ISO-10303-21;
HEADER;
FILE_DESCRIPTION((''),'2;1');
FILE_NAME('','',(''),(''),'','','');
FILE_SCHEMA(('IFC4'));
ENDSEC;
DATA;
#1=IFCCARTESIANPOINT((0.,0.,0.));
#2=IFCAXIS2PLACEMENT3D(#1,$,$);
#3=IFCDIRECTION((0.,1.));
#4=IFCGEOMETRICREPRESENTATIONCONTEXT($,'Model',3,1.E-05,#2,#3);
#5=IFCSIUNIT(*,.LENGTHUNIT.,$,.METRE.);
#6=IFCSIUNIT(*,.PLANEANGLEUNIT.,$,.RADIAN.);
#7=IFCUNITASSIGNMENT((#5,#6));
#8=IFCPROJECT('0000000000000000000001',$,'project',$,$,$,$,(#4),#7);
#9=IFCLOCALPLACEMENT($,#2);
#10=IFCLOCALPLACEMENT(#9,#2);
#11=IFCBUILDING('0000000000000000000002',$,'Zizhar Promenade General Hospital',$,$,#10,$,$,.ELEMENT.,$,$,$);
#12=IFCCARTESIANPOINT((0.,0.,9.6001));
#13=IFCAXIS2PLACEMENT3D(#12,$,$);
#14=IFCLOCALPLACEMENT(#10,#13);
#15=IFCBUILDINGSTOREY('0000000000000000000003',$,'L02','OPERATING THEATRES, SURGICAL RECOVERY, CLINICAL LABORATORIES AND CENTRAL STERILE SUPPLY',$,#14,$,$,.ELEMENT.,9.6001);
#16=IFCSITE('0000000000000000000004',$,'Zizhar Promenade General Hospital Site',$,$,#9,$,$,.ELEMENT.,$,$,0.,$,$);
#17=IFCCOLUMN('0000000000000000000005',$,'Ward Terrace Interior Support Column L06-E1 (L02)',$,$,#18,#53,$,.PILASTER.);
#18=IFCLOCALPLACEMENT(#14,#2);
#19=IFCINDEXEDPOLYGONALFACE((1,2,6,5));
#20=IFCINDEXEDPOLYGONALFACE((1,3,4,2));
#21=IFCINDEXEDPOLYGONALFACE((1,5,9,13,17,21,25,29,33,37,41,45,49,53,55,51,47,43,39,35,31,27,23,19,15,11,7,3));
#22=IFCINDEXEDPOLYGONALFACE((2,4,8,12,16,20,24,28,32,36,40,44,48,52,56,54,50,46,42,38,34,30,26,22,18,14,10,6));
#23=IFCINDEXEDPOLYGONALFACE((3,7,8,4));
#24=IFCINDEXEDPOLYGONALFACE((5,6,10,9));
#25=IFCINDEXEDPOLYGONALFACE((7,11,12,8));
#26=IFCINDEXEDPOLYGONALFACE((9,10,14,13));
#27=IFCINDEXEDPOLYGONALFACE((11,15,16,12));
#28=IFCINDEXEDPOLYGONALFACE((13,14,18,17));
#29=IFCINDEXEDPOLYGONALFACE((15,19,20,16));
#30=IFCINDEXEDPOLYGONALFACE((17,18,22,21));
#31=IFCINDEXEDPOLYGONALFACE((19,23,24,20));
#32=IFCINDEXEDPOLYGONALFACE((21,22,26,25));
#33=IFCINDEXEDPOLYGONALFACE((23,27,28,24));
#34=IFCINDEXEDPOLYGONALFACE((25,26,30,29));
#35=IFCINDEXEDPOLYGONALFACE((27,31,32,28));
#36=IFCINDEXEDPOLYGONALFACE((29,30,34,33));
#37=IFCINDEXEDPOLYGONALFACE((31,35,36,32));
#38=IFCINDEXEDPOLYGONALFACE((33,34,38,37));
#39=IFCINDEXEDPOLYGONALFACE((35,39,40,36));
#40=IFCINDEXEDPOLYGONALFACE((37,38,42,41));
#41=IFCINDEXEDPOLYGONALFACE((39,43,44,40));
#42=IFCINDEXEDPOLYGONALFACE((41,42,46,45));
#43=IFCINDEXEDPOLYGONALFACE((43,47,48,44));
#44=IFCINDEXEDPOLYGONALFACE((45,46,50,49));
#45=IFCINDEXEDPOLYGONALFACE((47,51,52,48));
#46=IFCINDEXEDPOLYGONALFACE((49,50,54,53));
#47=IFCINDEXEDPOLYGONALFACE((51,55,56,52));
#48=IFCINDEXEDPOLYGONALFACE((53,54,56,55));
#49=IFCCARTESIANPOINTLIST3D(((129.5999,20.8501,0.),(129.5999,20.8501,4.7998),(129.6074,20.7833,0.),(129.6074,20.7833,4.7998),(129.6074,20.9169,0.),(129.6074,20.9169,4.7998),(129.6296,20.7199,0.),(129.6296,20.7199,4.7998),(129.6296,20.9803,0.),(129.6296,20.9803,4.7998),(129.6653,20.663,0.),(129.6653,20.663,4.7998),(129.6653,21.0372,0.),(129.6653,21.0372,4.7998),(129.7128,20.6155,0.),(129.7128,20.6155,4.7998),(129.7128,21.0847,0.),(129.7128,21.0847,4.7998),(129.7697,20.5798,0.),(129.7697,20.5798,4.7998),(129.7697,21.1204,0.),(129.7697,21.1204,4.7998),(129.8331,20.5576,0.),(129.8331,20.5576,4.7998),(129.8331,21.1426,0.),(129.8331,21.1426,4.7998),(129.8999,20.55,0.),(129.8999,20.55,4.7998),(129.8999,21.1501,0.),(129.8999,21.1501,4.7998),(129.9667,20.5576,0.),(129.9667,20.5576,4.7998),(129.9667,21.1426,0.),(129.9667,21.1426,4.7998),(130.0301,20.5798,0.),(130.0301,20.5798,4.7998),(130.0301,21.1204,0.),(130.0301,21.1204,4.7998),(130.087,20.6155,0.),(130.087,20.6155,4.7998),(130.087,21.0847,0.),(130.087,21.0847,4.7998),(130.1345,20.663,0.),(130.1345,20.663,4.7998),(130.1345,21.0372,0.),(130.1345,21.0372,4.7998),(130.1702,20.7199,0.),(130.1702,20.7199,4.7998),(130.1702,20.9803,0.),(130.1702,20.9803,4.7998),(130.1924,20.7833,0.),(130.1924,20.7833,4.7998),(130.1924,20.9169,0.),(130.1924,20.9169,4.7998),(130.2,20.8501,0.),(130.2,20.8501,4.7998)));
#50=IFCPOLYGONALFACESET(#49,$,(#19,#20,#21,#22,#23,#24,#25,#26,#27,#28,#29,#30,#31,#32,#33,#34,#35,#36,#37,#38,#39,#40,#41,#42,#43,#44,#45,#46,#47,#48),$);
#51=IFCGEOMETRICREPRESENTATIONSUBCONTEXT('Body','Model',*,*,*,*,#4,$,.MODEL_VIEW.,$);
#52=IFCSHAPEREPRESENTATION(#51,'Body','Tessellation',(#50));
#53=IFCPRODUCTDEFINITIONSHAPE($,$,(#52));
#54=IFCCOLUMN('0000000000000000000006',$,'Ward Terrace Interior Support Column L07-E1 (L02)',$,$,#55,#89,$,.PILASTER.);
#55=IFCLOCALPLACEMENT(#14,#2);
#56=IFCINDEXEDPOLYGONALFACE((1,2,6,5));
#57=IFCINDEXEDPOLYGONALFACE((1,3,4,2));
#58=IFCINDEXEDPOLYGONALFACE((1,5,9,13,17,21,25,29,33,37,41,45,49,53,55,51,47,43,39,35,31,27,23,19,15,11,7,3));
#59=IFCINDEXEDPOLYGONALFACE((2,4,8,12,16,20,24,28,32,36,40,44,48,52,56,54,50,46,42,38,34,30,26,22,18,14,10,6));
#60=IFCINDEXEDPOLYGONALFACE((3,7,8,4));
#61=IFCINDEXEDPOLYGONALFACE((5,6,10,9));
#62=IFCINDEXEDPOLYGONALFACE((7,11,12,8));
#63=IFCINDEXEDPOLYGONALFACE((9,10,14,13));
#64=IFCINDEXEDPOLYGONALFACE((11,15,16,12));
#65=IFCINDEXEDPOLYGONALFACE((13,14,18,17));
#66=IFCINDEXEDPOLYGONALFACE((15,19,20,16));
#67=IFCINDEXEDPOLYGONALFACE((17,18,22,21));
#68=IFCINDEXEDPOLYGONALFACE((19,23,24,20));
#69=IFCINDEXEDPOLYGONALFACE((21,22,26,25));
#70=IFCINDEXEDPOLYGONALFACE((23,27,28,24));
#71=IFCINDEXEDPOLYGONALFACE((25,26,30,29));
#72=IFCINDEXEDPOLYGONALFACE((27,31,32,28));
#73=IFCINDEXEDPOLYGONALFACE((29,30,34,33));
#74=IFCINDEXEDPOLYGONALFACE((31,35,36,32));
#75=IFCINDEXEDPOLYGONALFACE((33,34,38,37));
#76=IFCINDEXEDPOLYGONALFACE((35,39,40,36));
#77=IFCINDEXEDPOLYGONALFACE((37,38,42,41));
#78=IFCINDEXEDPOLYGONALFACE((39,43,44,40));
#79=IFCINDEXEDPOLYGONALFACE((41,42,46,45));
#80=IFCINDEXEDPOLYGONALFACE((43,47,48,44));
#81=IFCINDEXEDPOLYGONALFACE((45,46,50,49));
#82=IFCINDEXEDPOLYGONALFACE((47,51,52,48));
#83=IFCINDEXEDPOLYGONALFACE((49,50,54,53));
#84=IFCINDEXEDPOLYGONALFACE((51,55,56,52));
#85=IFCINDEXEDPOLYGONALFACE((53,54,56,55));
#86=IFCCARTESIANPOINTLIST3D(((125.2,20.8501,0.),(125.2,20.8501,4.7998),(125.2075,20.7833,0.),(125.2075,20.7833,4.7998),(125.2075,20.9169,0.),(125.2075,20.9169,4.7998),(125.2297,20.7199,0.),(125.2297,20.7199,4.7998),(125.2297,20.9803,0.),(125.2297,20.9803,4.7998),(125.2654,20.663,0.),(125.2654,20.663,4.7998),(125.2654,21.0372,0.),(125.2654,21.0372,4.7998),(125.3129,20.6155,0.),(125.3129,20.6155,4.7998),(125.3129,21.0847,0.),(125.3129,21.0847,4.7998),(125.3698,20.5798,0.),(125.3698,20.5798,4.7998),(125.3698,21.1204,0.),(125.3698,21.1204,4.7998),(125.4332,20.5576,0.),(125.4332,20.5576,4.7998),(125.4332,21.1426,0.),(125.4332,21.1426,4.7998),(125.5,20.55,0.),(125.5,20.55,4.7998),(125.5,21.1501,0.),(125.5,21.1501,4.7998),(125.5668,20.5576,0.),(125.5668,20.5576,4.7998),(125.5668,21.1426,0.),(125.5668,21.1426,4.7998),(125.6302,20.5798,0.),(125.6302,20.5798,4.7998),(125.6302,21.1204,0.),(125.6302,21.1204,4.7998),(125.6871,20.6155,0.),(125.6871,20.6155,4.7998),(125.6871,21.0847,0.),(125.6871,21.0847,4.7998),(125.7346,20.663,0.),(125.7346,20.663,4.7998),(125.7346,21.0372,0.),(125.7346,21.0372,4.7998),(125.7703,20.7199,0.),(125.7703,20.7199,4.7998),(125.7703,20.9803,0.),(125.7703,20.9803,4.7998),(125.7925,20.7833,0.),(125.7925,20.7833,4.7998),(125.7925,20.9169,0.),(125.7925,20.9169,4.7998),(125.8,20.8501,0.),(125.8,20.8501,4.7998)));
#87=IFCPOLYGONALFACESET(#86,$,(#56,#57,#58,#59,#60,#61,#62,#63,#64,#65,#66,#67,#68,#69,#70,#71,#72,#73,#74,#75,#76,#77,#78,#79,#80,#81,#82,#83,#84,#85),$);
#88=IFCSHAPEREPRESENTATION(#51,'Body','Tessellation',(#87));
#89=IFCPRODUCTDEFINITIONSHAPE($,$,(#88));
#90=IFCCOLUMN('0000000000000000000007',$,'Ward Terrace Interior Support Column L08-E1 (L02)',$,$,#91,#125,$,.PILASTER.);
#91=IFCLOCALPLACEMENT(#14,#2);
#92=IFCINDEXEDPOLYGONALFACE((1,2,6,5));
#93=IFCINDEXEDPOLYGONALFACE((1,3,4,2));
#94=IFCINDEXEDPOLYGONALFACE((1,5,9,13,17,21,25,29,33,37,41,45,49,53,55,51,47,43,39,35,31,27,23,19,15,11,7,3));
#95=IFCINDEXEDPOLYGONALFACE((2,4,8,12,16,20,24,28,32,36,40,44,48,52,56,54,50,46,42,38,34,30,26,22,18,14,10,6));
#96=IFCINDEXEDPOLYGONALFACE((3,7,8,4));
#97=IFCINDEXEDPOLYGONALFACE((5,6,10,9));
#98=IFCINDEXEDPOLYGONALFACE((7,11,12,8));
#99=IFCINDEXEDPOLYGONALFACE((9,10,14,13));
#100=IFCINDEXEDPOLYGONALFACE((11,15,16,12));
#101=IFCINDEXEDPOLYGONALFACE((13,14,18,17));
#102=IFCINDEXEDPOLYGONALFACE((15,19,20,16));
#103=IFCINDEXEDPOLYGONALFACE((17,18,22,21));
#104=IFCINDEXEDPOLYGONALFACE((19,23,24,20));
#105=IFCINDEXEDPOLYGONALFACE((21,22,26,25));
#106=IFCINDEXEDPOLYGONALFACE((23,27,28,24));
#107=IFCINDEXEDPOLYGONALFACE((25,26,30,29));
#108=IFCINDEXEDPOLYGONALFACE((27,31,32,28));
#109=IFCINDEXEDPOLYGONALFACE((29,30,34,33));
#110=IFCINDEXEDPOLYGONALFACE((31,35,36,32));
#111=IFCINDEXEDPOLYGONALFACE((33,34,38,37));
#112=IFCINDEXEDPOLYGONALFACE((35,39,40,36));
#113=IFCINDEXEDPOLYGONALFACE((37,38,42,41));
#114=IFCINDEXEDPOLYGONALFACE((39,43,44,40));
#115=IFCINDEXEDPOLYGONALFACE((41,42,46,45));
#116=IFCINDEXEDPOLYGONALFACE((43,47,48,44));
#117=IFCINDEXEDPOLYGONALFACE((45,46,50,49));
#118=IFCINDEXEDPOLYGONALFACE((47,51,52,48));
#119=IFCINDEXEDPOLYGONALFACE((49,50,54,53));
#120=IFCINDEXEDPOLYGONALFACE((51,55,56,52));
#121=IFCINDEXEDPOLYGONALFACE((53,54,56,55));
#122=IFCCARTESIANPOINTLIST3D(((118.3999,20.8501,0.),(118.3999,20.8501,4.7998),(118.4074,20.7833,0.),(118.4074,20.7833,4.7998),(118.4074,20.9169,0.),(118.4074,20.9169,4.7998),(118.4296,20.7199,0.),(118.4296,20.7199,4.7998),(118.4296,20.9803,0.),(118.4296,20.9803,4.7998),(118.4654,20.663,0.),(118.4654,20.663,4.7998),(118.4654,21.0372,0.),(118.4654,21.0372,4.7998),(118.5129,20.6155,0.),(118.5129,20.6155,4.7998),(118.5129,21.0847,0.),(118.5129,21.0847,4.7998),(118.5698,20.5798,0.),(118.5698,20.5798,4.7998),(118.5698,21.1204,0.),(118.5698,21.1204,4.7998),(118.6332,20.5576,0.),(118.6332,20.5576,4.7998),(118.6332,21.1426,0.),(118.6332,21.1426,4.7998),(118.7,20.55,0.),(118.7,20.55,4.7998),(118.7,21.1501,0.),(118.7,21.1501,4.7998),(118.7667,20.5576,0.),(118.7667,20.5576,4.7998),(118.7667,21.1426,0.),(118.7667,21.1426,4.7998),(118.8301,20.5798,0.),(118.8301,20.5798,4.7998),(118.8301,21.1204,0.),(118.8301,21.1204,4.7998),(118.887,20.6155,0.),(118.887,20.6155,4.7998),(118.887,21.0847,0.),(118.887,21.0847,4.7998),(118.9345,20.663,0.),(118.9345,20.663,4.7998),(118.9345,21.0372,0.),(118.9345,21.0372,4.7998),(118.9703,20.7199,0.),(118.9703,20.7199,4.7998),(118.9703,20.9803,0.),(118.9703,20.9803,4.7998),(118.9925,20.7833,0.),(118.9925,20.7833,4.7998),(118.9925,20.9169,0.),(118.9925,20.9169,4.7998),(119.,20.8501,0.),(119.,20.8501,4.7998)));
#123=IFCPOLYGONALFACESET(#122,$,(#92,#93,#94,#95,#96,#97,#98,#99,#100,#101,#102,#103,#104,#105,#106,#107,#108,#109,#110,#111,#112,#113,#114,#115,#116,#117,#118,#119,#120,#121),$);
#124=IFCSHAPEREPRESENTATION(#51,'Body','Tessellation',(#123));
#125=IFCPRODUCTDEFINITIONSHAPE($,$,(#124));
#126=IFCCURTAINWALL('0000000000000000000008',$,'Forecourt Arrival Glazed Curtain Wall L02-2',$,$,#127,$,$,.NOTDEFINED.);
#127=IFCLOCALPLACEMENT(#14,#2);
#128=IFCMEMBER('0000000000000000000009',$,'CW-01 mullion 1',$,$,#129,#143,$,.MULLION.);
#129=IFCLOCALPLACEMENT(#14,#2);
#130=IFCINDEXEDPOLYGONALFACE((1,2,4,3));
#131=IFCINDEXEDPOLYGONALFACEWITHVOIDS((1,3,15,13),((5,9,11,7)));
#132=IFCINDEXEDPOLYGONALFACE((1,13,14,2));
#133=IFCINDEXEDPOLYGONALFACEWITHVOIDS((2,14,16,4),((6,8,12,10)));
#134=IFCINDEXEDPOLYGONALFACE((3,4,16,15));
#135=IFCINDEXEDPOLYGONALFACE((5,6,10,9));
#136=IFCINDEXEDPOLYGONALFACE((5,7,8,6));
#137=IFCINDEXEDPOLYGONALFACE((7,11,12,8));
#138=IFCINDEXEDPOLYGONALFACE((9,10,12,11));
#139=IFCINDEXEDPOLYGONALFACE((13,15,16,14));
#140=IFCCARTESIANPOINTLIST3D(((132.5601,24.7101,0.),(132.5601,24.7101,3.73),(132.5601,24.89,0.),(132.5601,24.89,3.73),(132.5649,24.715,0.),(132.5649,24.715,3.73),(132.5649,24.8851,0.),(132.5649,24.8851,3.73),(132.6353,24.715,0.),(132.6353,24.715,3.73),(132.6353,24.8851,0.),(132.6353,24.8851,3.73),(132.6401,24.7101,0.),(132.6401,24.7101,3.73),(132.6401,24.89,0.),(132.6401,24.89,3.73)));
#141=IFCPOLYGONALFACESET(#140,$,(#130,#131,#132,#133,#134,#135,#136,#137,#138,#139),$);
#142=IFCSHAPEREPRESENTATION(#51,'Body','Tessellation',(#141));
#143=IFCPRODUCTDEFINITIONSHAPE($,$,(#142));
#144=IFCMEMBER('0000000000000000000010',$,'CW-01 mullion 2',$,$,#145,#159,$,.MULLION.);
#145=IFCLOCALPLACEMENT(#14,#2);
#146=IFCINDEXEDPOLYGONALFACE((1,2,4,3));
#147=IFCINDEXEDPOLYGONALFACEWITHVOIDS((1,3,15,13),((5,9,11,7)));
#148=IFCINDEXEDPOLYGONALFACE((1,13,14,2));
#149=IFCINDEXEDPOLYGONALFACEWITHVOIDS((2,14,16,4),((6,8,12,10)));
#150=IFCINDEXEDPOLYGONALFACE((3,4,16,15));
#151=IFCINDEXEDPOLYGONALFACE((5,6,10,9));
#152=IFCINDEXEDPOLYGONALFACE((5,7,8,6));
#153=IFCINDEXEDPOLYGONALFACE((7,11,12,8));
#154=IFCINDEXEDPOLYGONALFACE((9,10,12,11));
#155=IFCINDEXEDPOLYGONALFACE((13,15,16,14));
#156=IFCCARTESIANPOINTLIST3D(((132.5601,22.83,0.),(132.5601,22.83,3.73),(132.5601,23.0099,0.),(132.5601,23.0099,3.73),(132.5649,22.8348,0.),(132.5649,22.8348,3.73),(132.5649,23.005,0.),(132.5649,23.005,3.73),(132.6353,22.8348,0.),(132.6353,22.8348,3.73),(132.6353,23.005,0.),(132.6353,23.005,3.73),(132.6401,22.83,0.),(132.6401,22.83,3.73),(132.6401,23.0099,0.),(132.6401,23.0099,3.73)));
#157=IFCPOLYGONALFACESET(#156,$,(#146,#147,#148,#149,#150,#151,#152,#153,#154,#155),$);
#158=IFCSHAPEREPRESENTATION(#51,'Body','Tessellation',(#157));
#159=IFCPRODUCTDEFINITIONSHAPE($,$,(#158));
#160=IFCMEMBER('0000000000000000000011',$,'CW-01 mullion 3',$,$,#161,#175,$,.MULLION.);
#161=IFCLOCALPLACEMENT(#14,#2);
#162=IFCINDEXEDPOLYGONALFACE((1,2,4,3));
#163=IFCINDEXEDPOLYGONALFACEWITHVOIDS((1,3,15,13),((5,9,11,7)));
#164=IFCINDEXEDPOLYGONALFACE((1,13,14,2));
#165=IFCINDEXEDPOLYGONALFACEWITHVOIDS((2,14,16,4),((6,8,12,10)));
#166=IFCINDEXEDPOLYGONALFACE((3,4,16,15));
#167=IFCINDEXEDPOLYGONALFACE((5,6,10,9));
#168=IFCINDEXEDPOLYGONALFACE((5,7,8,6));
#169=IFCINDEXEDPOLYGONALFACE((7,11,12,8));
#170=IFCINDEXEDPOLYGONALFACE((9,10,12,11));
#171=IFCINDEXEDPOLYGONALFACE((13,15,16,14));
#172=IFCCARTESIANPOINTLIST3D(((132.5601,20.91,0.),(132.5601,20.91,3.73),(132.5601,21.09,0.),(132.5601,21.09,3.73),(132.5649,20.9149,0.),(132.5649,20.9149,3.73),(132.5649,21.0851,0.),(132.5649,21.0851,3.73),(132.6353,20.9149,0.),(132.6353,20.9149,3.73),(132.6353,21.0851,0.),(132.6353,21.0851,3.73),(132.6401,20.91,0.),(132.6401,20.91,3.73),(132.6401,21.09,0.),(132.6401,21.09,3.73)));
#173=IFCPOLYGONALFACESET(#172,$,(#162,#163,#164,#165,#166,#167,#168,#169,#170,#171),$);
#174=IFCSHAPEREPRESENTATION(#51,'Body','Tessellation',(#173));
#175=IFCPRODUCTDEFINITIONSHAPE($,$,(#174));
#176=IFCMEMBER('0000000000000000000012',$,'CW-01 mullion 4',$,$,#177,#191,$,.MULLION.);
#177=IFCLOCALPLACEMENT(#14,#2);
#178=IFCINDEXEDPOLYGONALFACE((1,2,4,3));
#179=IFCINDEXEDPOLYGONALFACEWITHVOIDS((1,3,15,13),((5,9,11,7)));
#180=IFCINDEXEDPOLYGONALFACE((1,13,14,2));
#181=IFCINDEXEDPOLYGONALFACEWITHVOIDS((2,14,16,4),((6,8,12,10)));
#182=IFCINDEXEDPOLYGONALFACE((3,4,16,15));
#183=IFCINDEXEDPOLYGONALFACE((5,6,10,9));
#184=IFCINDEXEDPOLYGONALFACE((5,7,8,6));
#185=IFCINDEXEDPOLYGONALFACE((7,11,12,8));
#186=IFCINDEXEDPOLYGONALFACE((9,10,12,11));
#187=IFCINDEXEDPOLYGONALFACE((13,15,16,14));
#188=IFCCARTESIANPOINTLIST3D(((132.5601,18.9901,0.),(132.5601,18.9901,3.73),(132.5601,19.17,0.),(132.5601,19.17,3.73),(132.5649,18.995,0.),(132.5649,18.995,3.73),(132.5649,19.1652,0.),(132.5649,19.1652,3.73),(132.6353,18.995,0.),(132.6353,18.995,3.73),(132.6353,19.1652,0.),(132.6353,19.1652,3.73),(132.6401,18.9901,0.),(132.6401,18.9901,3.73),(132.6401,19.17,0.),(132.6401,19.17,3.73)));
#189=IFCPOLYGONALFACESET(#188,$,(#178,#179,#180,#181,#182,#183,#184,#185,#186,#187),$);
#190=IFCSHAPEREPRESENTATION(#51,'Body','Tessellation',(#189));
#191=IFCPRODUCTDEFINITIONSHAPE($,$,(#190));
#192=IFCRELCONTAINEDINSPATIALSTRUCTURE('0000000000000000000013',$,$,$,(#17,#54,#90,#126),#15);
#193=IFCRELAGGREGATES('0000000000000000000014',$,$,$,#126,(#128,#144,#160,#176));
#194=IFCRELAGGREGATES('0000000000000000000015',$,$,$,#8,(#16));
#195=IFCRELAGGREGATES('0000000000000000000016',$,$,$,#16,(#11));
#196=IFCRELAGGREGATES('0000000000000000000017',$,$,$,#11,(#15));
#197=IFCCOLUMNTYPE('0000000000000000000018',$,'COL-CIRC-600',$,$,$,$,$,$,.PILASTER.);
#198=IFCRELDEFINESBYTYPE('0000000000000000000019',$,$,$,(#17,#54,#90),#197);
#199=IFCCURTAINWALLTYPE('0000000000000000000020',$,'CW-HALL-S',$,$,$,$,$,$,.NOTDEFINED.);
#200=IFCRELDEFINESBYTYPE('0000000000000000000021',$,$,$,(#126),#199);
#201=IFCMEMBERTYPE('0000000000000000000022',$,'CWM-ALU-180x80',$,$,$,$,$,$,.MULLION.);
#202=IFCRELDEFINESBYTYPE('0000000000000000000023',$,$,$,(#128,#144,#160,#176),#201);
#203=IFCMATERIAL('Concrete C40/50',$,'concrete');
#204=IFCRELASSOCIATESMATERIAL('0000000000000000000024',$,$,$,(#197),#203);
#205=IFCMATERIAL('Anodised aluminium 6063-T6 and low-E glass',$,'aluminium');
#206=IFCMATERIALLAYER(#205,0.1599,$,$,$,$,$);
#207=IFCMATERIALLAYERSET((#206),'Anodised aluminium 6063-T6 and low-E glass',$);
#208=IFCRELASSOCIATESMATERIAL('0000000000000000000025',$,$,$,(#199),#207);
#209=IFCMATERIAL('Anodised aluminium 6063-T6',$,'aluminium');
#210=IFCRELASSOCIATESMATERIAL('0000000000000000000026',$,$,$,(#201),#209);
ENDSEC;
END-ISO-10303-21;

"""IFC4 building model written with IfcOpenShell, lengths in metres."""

from ifc_helpers import new_model, si_unit, direction, frame, origin, origin_2d, place, context, subcontext, project, spatial, hollow_rectangle, circle, extrude, material, layer, layer_set, material_profile, profile_set, type_object, element, aggregate, save


model = new_model("IFC4")

# Units and contexts
model_context = context("Model", 3, precision=1e-05, world=origin(), true_north=direction((0.0, 1.0)))
body_context = subcontext(model_context, "Body", "Model", "MODEL_VIEW")
ifc_project = project(units=[si_unit("LENGTHUNIT", "METRE"), si_unit("PLANEANGLEUNIT", "RADIAN")], contexts=[model_context])

# Site, building, storey
site_placement = place(None, origin())
site = spatial("IfcSite", under=ifc_project, at=site_placement, Name="Zizhar Promenade General Hospital Site", CompositionType="ELEMENT", RefElevation=0.0)
building_placement = place(site_placement, origin())
building = spatial("IfcBuilding", under=site, at=building_placement, Name="Zizhar Promenade General Hospital", CompositionType="ELEMENT")
storey_placement = place(building_placement, frame((0.0, 0.0, 9.6001)))
storey = spatial("IfcBuildingStorey", under=building, at=storey_placement, Name="L02", Description="OPERATING THEATRES, SURGICAL RECOVERY, CLINICAL LABORATORIES AND CENTRAL STERILE SUPPLY", CompositionType="ELEMENT", Elevation=9.6001)

# Columns
ifc_material_1 = material(Name="Concrete C40/50", Category="concrete")
ifc_material_profile_1 = material_profile(ifc_material_1, circle(Radius=0.3, at=origin_2d()))
ifc_profile_set_1 = profile_set([ifc_material_profile_1], Name="Concrete C40/50")
column_type = type_object("IfcColumnType", Name="COL-CIRC-600", PredefinedType="PILASTER", material=ifc_profile_set_1)
for number, where, z_axis, x_axis, name in (
    (1, (129.8999, 20.8501, 0.0), (0.0, 0.0, 1.0), (1.0, 0.0, 0.0), "Ward Terrace Interior Support Column L06-E1 (L02)"),
    (2, (125.5, 20.8501, 0.0), (0.0, 0.0, 1.0), (1.0, 0.0, 0.0), "Ward Terrace Interior Support Column L07-E1 (L02)"),
    (3, (118.7, 20.8501, 0.0), (0.0, 0.0, 1.0), (1.0, 0.0, 0.0), "Ward Terrace Interior Support Column L08-E1 (L02)"),
):
    element("IfcColumn", number, at=place(storey_placement, frame(where, z_axis=z_axis, x_axis=x_axis)), inside=storey, type_object=column_type, Name=name, PredefinedType="PILASTER", context=body_context, shape_type="SweptSolid", body=[
        extrude(circle(Radius=0.3, at=origin_2d()), origin(), (0.0, 0.0, 1.0), 4.7998),
    ])

# Curtain wall, members
ifc_material_2 = material(Name="Anodised aluminium 6063-T6 and low-E glass", Category="aluminium")
ifc_layer_1 = layer(ifc_material_2, 0.1599)
ifc_layer_set_1 = layer_set([ifc_layer_1], Name="Anodised aluminium 6063-T6 and low-E glass")
curtain_wall_type = type_object("IfcCurtainWallType", Name="CW-HALL-S", PredefinedType="NOTDEFINED", material=ifc_layer_set_1)
curtain_wall_placement = place(storey_placement, origin())
curtain_wall = element("IfcCurtainWall", 4, at=curtain_wall_placement, inside=storey, type_object=curtain_wall_type, Name="Forecourt Arrival Glazed Curtain Wall L02-2", PredefinedType="NOTDEFINED")
ifc_material_3 = material(Name="Anodised aluminium 6063-T6", Category="aluminium")
ifc_material_profile_2 = material_profile(ifc_material_3, hollow_rectangle(XDim=0.0801, YDim=0.1799, WallThickness=0.0049, at=origin_2d()))
ifc_profile_set_2 = profile_set([ifc_material_profile_2], Name="Anodised aluminium 6063-T6")
member_type_1 = type_object("IfcMemberType", Name="CWM-ALU-180x80", PredefinedType="MULLION", material=ifc_profile_set_2)
member_1_placement = place(storey_placement, frame((132.6001, 24.8, 0.0), z_axis=(0.0, 0.0, 1.0), x_axis=(1.0, 0.0, 0.0)))
member_1 = element("IfcMember", 5, at=member_1_placement, type_object=member_type_1, Name="CW-01 mullion 1", PredefinedType="MULLION", context=body_context, shape_type="SweptSolid", body=[
    extrude(hollow_rectangle(XDim=0.0801, YDim=0.1799, WallThickness=0.0049, at=origin_2d()), origin(), (0.0, 0.0, 1.0), 3.73),
])
member_2_placement = place(storey_placement, frame((132.6001, 22.9199, 0.0), z_axis=(0.0, 0.0, 1.0), x_axis=(1.0, 0.0, 0.0)))
member_2 = element("IfcMember", 6, at=member_2_placement, type_object=member_type_1, Name="CW-01 mullion 2", PredefinedType="MULLION", context=body_context, shape_type="SweptSolid", body=[
    extrude(hollow_rectangle(XDim=0.0801, YDim=0.1799, WallThickness=0.0049, at=origin_2d()), origin(), (0.0, 0.0, 1.0), 3.73),
])
member_3_placement = place(storey_placement, frame((132.6001, 21.0, 0.0), z_axis=(0.0, 0.0, 1.0), x_axis=(1.0, 0.0, 0.0)))
member_3 = element("IfcMember", 7, at=member_3_placement, type_object=member_type_1, Name="CW-01 mullion 3", PredefinedType="MULLION", context=body_context, shape_type="SweptSolid", body=[
    extrude(hollow_rectangle(XDim=0.0801, YDim=0.1799, WallThickness=0.0049, at=origin_2d()), origin(), (0.0, 0.0, 1.0), 3.73),
])
member_4_placement = place(storey_placement, frame((132.6001, 19.0801, 0.0), z_axis=(0.0, 0.0, 1.0), x_axis=(1.0, 0.0, 0.0)))
member_4 = element("IfcMember", 8, at=member_4_placement, type_object=member_type_1, Name="CW-01 mullion 4", PredefinedType="MULLION", context=body_context, shape_type="SweptSolid", body=[
    extrude(hollow_rectangle(XDim=0.0801, YDim=0.1799, WallThickness=0.0049, at=origin_2d()), origin(), (0.0, 0.0, 1.0), 3.73),
])
aggregate(curtain_wall, [member_1, member_2, member_3, member_4])

save(model, "model.ifc")
